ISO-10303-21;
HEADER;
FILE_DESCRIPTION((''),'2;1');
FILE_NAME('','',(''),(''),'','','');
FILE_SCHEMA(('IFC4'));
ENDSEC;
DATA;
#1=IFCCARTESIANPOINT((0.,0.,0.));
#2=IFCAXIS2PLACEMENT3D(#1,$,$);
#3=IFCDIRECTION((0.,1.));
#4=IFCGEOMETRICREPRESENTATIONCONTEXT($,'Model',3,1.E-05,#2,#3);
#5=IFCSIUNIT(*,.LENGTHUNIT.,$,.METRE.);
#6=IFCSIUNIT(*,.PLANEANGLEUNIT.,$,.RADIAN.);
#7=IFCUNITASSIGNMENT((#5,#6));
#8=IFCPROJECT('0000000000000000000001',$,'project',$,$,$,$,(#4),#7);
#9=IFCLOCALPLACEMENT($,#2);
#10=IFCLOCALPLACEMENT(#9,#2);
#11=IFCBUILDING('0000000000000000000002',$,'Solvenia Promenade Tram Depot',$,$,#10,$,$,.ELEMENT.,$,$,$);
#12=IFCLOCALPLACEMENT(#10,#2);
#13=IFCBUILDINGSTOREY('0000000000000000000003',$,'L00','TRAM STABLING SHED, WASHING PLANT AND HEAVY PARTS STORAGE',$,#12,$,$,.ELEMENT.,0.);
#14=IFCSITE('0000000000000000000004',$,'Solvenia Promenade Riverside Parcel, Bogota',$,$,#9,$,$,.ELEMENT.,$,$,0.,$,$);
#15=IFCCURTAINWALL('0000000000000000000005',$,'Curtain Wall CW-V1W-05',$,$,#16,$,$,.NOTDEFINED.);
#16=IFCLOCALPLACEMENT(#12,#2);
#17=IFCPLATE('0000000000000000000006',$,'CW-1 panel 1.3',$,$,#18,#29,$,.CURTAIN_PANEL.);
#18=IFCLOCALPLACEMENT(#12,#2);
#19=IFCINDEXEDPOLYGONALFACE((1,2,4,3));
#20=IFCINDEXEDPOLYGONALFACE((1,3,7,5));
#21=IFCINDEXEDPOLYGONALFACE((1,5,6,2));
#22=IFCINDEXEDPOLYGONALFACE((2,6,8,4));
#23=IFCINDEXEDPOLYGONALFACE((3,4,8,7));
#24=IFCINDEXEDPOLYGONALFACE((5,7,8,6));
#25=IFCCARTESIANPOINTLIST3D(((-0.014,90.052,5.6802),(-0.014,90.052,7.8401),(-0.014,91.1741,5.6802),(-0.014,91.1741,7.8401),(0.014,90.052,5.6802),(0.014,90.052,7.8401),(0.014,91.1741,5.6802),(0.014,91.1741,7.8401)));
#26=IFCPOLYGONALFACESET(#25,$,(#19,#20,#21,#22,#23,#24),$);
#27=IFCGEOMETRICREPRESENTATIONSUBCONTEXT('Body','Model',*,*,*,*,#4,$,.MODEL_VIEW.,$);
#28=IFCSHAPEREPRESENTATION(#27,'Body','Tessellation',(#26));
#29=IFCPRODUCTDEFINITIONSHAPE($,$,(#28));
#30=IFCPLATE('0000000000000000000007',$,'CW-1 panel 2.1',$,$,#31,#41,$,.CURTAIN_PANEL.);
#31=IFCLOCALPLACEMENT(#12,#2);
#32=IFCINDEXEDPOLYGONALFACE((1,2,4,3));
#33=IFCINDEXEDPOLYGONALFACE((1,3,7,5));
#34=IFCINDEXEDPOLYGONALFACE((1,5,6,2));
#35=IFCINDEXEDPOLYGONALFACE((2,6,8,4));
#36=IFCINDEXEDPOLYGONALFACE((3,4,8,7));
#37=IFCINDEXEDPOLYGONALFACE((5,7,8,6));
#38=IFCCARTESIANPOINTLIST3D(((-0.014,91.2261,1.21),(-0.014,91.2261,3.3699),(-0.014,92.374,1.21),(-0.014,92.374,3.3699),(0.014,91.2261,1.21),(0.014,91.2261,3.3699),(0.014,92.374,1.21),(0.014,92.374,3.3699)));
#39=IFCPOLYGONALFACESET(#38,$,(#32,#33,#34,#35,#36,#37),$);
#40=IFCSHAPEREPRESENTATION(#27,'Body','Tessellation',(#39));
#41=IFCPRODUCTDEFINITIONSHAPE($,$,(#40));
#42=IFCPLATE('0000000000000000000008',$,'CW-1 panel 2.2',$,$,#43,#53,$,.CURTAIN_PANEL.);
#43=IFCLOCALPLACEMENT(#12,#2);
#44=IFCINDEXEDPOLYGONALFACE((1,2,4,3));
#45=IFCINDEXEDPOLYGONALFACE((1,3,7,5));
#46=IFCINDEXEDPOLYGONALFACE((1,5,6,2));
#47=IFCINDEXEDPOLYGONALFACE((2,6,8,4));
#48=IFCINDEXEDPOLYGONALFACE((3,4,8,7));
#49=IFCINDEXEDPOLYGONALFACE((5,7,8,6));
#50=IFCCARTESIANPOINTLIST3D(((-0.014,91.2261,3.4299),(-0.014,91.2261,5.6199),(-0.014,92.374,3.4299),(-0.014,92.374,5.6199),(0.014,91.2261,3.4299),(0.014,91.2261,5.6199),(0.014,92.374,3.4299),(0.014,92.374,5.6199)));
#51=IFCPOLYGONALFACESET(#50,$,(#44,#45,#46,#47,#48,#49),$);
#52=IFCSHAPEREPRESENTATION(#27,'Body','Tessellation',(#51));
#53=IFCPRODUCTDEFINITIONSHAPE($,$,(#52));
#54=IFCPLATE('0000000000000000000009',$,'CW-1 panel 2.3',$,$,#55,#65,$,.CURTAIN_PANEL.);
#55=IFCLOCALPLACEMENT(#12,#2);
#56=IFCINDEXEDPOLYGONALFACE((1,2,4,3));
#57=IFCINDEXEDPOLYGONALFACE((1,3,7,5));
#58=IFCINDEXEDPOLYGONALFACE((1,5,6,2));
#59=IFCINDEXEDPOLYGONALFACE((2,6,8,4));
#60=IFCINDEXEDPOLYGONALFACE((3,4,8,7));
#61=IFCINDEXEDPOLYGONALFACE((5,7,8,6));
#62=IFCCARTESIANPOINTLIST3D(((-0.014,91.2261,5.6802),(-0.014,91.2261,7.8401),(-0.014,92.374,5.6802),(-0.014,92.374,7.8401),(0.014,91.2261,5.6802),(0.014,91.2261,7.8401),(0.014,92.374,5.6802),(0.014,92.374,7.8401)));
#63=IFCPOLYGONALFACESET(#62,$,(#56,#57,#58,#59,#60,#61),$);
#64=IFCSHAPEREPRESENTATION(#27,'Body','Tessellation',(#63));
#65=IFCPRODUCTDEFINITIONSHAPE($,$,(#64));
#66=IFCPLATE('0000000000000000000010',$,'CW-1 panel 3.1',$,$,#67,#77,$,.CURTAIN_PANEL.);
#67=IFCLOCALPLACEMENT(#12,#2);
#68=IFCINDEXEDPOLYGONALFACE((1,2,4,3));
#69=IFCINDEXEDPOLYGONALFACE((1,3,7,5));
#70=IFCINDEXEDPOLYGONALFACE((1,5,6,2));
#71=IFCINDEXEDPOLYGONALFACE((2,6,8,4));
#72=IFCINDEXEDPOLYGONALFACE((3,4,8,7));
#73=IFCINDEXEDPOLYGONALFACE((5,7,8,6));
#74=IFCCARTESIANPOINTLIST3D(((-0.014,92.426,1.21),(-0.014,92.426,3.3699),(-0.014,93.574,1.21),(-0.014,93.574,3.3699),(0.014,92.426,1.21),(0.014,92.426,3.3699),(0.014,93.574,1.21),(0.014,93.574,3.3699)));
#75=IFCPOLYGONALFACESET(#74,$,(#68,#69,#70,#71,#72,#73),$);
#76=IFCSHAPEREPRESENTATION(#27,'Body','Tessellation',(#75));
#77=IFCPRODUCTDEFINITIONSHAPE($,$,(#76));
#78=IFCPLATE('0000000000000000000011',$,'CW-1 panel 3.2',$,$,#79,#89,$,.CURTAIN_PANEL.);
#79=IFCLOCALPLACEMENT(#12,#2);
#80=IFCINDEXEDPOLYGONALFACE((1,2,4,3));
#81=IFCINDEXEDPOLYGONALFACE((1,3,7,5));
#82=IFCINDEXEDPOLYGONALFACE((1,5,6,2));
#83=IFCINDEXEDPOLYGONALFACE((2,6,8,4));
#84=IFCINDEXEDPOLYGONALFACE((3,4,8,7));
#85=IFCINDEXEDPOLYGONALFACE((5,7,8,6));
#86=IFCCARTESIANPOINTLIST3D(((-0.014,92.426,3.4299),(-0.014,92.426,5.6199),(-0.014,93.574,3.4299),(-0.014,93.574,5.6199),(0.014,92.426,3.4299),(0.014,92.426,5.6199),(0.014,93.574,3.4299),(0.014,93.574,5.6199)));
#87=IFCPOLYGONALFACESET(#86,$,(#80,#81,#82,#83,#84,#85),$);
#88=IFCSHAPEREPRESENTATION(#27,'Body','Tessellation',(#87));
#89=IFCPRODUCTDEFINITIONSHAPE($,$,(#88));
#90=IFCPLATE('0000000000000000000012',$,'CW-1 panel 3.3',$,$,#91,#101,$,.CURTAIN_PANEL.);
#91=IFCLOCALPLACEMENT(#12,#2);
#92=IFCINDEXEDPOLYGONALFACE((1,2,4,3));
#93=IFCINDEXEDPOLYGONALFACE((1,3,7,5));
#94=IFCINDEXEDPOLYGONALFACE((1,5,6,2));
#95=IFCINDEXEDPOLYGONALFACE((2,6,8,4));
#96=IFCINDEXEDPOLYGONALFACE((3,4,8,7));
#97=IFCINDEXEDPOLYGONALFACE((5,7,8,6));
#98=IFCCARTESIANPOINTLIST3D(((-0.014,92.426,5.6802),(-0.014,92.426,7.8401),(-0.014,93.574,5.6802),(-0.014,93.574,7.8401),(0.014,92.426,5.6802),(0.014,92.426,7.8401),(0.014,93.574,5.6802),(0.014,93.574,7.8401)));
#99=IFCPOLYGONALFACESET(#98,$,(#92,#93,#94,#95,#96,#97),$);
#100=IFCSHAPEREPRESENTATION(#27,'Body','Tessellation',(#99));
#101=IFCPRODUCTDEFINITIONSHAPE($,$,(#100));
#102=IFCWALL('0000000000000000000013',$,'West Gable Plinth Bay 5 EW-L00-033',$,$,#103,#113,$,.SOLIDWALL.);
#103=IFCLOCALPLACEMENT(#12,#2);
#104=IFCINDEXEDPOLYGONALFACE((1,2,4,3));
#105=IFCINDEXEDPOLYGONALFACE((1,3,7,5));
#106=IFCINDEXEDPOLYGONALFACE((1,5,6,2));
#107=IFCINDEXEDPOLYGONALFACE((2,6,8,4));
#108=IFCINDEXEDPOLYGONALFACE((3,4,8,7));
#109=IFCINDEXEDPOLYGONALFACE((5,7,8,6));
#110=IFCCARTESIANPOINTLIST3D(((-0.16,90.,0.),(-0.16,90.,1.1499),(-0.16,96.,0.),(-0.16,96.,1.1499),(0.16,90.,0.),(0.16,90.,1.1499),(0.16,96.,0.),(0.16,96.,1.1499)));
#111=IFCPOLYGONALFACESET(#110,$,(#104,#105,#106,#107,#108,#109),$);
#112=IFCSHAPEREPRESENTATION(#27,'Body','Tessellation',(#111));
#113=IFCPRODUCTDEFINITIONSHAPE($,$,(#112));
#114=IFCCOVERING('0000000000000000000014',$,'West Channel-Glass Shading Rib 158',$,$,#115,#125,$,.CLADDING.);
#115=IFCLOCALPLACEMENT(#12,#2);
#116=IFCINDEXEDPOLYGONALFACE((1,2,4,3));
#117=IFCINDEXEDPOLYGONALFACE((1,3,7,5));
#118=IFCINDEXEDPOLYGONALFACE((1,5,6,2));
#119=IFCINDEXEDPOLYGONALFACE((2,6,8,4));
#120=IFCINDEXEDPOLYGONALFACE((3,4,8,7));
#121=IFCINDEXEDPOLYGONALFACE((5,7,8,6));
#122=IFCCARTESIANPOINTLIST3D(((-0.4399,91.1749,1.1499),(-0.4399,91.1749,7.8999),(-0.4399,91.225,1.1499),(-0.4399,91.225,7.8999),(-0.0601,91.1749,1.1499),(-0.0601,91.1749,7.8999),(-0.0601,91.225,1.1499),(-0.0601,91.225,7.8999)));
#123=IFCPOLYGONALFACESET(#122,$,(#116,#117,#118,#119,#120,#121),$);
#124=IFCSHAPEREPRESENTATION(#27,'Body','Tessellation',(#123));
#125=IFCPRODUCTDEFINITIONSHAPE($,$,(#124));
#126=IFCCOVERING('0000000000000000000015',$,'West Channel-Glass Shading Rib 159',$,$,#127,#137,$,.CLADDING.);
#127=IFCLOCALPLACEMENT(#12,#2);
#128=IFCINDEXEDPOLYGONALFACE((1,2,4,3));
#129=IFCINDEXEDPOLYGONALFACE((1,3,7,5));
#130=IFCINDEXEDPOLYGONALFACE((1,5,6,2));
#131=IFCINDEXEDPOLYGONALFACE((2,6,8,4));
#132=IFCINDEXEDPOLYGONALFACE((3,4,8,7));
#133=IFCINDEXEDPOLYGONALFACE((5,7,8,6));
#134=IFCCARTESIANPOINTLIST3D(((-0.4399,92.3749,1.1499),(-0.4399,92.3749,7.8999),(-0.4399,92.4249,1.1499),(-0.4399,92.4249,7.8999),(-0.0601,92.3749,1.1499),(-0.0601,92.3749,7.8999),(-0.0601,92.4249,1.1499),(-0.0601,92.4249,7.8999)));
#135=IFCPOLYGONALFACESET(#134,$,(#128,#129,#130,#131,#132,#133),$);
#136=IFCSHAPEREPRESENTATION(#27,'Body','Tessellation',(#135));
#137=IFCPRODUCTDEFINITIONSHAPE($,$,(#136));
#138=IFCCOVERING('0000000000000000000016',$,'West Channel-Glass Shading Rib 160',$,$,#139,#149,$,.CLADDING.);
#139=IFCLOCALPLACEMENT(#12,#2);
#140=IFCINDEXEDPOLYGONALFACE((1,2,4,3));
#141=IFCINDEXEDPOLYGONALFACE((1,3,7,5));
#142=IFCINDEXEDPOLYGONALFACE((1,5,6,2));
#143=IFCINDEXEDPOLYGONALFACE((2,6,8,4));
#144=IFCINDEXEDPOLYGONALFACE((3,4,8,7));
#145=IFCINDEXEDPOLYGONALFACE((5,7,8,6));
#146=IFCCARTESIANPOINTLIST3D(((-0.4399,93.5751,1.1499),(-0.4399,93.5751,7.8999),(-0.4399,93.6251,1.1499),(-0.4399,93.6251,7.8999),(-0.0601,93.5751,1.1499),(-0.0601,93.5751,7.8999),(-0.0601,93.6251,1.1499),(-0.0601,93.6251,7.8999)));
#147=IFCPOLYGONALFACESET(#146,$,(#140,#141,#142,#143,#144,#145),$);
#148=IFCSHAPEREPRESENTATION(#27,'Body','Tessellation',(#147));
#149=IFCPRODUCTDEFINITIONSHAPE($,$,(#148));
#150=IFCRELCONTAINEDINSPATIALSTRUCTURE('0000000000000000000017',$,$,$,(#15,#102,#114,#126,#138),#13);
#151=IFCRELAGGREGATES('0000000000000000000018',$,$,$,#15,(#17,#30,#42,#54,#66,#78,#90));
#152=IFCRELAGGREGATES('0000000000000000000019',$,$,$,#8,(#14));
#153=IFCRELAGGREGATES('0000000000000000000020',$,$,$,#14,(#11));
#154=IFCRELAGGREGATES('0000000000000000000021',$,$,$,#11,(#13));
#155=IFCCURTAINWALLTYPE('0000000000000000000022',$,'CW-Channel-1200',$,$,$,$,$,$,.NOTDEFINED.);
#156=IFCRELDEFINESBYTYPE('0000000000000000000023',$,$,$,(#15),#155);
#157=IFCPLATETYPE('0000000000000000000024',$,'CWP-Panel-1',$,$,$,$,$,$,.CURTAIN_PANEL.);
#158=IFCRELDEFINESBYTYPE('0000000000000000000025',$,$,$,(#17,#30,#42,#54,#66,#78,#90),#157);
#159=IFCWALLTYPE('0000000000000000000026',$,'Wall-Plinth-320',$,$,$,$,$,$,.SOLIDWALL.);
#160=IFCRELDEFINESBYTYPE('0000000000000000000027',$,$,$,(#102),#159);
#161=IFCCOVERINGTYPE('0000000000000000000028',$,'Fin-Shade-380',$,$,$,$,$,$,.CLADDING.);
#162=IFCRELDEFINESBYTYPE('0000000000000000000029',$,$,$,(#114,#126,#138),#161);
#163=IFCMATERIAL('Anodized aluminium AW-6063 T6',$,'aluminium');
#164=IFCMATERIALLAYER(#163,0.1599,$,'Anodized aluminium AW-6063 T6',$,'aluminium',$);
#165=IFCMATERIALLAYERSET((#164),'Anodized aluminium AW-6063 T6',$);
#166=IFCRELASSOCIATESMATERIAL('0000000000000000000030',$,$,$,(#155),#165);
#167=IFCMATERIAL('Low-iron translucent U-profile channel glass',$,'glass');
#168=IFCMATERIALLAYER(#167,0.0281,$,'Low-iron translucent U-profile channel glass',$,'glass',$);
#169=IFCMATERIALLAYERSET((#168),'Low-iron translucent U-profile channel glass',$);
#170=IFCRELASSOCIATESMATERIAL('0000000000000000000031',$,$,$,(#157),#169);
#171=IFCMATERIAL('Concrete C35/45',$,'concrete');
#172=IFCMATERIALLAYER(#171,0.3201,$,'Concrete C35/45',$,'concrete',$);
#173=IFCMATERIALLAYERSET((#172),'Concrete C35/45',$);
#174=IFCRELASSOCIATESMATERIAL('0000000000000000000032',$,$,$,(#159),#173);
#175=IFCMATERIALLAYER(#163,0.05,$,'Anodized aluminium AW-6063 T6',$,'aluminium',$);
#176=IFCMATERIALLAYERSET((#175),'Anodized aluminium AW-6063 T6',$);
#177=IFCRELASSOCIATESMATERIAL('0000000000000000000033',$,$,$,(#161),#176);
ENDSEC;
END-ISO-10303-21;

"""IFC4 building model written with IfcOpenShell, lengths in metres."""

from ifc_helpers import new_model, si_unit, direction, frame, frame_2d, origin, origin_2d, place, context, subcontext, project, spatial, rectangle, extrude, material, layer, layer_set, type_object, element, aggregate, save


model = new_model("IFC4")

# Units and contexts
model_context = context("Model", 3, precision=1e-05, world=origin(), true_north=direction((0.0, 1.0)))
body_context = subcontext(model_context, "Body", "Model", "MODEL_VIEW")
ifc_project = project(units=[si_unit("LENGTHUNIT", "METRE"), si_unit("PLANEANGLEUNIT", "RADIAN")], contexts=[model_context])

# Site, building, storey
site_placement = place(None, origin())
site = spatial("IfcSite", under=ifc_project, at=site_placement, Name="Solvenia Promenade Riverside Parcel, Bogota", CompositionType="ELEMENT", RefElevation=0.0)
building_placement = place(site_placement, origin())
building = spatial("IfcBuilding", under=site, at=building_placement, Name="Solvenia Promenade Tram Depot", CompositionType="ELEMENT")
storey_placement = place(building_placement, origin())
storey = spatial("IfcBuildingStorey", under=building, at=storey_placement, Name="L00", Description="TRAM STABLING SHED, WASHING PLANT AND HEAVY PARTS STORAGE", CompositionType="ELEMENT", Elevation=0.0)

# Shared definitions
ifc_material_1 = material(Name="Anodized aluminium AW-6063 T6", Category="aluminium")
ifc_layer_1 = layer(ifc_material_1, 0.1599, Name="Anodized aluminium AW-6063 T6", Category="aluminium")
ifc_layer_set_1 = layer_set([ifc_layer_1], Name="Anodized aluminium AW-6063 T6")
curtain_wall_type = type_object("IfcCurtainWallType", Name="CW-Channel-1200", PredefinedType="NOTDEFINED", material=ifc_layer_set_1)

# Curtain wall
curtain_wall_1_placement = place(storey_placement, origin())
curtain_wall_1 = element("IfcCurtainWall", 1, at=curtain_wall_1_placement, inside=storey, type_object=curtain_wall_type, Name="Curtain Wall CW-V1W-05", PredefinedType="NOTDEFINED")

# Plates
ifc_material_2 = material(Name="Low-iron translucent U-profile channel glass", Category="glass")
ifc_layer_2 = layer(ifc_material_2, 0.0281, Name="Low-iron translucent U-profile channel glass", Category="glass")
ifc_layer_set_2 = layer_set([ifc_layer_2], Name="Low-iron translucent U-profile channel glass")
plate_type = type_object("IfcPlateType", Name="CWP-Panel-1", PredefinedType="CURTAIN_PANEL", material=ifc_layer_set_2)
plate_1_placement = place(storey_placement, frame((0.0, 90.613, 5.6802), z_axis=(0.0, 0.0, 1.0), x_axis=(0.0, 1.0, 0.0)))
plate_1 = element("IfcPlate", 2, at=plate_1_placement, type_object=plate_type, Name="CW-1 panel 1.3", PredefinedType="CURTAIN_PANEL", context=body_context, shape_type="SweptSolid", body=[
    extrude(rectangle(XDim=1.1221, YDim=0.0281, at=origin_2d()), origin(), (0.0, 0.0, 1.0), 2.1599),
])
plate_2_placement = place(storey_placement, frame((0.0, 91.8, 1.21), z_axis=(0.0, 0.0, 1.0), x_axis=(0.0, 1.0, 0.0)))
plate_2 = element("IfcPlate", 3, at=plate_2_placement, type_object=plate_type, Name="CW-1 panel 2.1", PredefinedType="CURTAIN_PANEL", context=body_context, shape_type="SweptSolid", body=[
    extrude(rectangle(XDim=1.1479, YDim=0.0281, at=origin_2d()), origin(), (0.0, 0.0, 1.0), 2.1599),
])
plate_3_placement = place(storey_placement, frame((0.0, 91.8, 3.4299), z_axis=(0.0, 0.0, 1.0), x_axis=(0.0, 1.0, 0.0)))
plate_3 = element("IfcPlate", 4, at=plate_3_placement, type_object=plate_type, Name="CW-1 panel 2.2", PredefinedType="CURTAIN_PANEL", context=body_context, shape_type="SweptSolid", body=[
    extrude(rectangle(XDim=1.1479, YDim=0.0281, at=origin_2d()), origin(), (0.0, 0.0, 1.0), 2.1899),
])
plate_4_placement = place(storey_placement, frame((0.0, 91.8, 5.6802), z_axis=(0.0, 0.0, 1.0), x_axis=(0.0, 1.0, 0.0)))
plate_4 = element("IfcPlate", 5, at=plate_4_placement, type_object=plate_type, Name="CW-1 panel 2.3", PredefinedType="CURTAIN_PANEL", context=body_context, shape_type="SweptSolid", body=[
    extrude(rectangle(XDim=1.1479, YDim=0.0281, at=origin_2d()), origin(), (0.0, 0.0, 1.0), 2.1599),
])
plate_5_placement = place(storey_placement, frame((0.0, 93.0, 1.21), z_axis=(0.0, 0.0, 1.0), x_axis=(0.0, 1.0, 0.0)))
plate_5 = element("IfcPlate", 6, at=plate_5_placement, type_object=plate_type, Name="CW-1 panel 3.1", PredefinedType="CURTAIN_PANEL", context=body_context, shape_type="SweptSolid", body=[
    extrude(rectangle(XDim=1.1479, YDim=0.0281, at=origin_2d()), origin(), (0.0, 0.0, 1.0), 2.1599),
])
plate_6_placement = place(storey_placement, frame((0.0, 93.0, 3.4299), z_axis=(0.0, 0.0, 1.0), x_axis=(0.0, 1.0, 0.0)))
plate_6 = element("IfcPlate", 7, at=plate_6_placement, type_object=plate_type, Name="CW-1 panel 3.2", PredefinedType="CURTAIN_PANEL", context=body_context, shape_type="SweptSolid", body=[
    extrude(rectangle(XDim=1.1479, YDim=0.0281, at=origin_2d()), origin(), (0.0, 0.0, 1.0), 2.1899),
])
plate_7_placement = place(storey_placement, frame((0.0, 93.0, 5.6802), z_axis=(0.0, 0.0, 1.0), x_axis=(0.0, 1.0, 0.0)))
plate_7 = element("IfcPlate", 8, at=plate_7_placement, type_object=plate_type, Name="CW-1 panel 3.3", PredefinedType="CURTAIN_PANEL", context=body_context, shape_type="SweptSolid", body=[
    extrude(rectangle(XDim=1.1479, YDim=0.0281, at=origin_2d()), origin(), (0.0, 0.0, 1.0), 2.1599),
])
aggregate(curtain_wall_1, [plate_1, plate_2, plate_3, plate_4, plate_5, plate_6, plate_7])

# Wall
ifc_material_3 = material(Name="Concrete C35/45", Category="concrete")
ifc_layer_3 = layer(ifc_material_3, 0.3201, Name="Concrete C35/45", Category="concrete")
ifc_layer_set_3 = layer_set([ifc_layer_3], Name="Concrete C35/45")
wall_type = type_object("IfcWallType", Name="Wall-Plinth-320", PredefinedType="SOLIDWALL", material=ifc_layer_set_3)
wall_placement = place(storey_placement, frame((0.0, 90.0, 0.0), z_axis=(0.0, 0.0, 1.0), x_axis=(0.0, 1.0, 0.0)))
element("IfcWall", 9, at=wall_placement, inside=storey, type_object=wall_type, Name="West Gable Plinth Bay 5 EW-L00-033", PredefinedType="SOLIDWALL", context=body_context, shape_type="SweptSolid", body=[
    extrude(rectangle(XDim=6.0, YDim=0.3201, at=frame_2d((3.0, 0.0))), origin(), (0.0, 0.0, 1.0), 1.1499),
])

# Coverings
ifc_layer_4 = layer(ifc_material_1, 0.05, Name="Anodized aluminium AW-6063 T6", Category="aluminium")
ifc_layer_set_4 = layer_set([ifc_layer_4], Name="Anodized aluminium AW-6063 T6")
covering_type = type_object("IfcCoveringType", Name="Fin-Shade-380", PredefinedType="CLADDING", material=ifc_layer_set_4)
for number, where, z_axis, x_axis, name in (
    (10, (-0.25, 91.2, 1.1499), (0.0, 0.0, 1.0), (1.0, 0.0, 0.0), "West Channel-Glass Shading Rib 158"),
    (11, (-0.25, 92.3999, 1.1499), (0.0, 0.0, 1.0), (1.0, 0.0, 0.0), "West Channel-Glass Shading Rib 159"),
    (12, (-0.25, 93.6001, 1.1499), (0.0, 0.0, 1.0), (1.0, 0.0, 0.0), "West Channel-Glass Shading Rib 160"),
):
    element("IfcCovering", number, at=place(storey_placement, frame(where, z_axis=z_axis, x_axis=x_axis)), inside=storey, type_object=covering_type, Name=name, PredefinedType="CLADDING", context=body_context, shape_type="SweptSolid", body=[
        extrude(rectangle(XDim=0.3799, YDim=0.05, at=origin_2d()), origin(), (0.0, 0.0, 1.0), 6.75),
    ])

save(model, "model.ifc")
